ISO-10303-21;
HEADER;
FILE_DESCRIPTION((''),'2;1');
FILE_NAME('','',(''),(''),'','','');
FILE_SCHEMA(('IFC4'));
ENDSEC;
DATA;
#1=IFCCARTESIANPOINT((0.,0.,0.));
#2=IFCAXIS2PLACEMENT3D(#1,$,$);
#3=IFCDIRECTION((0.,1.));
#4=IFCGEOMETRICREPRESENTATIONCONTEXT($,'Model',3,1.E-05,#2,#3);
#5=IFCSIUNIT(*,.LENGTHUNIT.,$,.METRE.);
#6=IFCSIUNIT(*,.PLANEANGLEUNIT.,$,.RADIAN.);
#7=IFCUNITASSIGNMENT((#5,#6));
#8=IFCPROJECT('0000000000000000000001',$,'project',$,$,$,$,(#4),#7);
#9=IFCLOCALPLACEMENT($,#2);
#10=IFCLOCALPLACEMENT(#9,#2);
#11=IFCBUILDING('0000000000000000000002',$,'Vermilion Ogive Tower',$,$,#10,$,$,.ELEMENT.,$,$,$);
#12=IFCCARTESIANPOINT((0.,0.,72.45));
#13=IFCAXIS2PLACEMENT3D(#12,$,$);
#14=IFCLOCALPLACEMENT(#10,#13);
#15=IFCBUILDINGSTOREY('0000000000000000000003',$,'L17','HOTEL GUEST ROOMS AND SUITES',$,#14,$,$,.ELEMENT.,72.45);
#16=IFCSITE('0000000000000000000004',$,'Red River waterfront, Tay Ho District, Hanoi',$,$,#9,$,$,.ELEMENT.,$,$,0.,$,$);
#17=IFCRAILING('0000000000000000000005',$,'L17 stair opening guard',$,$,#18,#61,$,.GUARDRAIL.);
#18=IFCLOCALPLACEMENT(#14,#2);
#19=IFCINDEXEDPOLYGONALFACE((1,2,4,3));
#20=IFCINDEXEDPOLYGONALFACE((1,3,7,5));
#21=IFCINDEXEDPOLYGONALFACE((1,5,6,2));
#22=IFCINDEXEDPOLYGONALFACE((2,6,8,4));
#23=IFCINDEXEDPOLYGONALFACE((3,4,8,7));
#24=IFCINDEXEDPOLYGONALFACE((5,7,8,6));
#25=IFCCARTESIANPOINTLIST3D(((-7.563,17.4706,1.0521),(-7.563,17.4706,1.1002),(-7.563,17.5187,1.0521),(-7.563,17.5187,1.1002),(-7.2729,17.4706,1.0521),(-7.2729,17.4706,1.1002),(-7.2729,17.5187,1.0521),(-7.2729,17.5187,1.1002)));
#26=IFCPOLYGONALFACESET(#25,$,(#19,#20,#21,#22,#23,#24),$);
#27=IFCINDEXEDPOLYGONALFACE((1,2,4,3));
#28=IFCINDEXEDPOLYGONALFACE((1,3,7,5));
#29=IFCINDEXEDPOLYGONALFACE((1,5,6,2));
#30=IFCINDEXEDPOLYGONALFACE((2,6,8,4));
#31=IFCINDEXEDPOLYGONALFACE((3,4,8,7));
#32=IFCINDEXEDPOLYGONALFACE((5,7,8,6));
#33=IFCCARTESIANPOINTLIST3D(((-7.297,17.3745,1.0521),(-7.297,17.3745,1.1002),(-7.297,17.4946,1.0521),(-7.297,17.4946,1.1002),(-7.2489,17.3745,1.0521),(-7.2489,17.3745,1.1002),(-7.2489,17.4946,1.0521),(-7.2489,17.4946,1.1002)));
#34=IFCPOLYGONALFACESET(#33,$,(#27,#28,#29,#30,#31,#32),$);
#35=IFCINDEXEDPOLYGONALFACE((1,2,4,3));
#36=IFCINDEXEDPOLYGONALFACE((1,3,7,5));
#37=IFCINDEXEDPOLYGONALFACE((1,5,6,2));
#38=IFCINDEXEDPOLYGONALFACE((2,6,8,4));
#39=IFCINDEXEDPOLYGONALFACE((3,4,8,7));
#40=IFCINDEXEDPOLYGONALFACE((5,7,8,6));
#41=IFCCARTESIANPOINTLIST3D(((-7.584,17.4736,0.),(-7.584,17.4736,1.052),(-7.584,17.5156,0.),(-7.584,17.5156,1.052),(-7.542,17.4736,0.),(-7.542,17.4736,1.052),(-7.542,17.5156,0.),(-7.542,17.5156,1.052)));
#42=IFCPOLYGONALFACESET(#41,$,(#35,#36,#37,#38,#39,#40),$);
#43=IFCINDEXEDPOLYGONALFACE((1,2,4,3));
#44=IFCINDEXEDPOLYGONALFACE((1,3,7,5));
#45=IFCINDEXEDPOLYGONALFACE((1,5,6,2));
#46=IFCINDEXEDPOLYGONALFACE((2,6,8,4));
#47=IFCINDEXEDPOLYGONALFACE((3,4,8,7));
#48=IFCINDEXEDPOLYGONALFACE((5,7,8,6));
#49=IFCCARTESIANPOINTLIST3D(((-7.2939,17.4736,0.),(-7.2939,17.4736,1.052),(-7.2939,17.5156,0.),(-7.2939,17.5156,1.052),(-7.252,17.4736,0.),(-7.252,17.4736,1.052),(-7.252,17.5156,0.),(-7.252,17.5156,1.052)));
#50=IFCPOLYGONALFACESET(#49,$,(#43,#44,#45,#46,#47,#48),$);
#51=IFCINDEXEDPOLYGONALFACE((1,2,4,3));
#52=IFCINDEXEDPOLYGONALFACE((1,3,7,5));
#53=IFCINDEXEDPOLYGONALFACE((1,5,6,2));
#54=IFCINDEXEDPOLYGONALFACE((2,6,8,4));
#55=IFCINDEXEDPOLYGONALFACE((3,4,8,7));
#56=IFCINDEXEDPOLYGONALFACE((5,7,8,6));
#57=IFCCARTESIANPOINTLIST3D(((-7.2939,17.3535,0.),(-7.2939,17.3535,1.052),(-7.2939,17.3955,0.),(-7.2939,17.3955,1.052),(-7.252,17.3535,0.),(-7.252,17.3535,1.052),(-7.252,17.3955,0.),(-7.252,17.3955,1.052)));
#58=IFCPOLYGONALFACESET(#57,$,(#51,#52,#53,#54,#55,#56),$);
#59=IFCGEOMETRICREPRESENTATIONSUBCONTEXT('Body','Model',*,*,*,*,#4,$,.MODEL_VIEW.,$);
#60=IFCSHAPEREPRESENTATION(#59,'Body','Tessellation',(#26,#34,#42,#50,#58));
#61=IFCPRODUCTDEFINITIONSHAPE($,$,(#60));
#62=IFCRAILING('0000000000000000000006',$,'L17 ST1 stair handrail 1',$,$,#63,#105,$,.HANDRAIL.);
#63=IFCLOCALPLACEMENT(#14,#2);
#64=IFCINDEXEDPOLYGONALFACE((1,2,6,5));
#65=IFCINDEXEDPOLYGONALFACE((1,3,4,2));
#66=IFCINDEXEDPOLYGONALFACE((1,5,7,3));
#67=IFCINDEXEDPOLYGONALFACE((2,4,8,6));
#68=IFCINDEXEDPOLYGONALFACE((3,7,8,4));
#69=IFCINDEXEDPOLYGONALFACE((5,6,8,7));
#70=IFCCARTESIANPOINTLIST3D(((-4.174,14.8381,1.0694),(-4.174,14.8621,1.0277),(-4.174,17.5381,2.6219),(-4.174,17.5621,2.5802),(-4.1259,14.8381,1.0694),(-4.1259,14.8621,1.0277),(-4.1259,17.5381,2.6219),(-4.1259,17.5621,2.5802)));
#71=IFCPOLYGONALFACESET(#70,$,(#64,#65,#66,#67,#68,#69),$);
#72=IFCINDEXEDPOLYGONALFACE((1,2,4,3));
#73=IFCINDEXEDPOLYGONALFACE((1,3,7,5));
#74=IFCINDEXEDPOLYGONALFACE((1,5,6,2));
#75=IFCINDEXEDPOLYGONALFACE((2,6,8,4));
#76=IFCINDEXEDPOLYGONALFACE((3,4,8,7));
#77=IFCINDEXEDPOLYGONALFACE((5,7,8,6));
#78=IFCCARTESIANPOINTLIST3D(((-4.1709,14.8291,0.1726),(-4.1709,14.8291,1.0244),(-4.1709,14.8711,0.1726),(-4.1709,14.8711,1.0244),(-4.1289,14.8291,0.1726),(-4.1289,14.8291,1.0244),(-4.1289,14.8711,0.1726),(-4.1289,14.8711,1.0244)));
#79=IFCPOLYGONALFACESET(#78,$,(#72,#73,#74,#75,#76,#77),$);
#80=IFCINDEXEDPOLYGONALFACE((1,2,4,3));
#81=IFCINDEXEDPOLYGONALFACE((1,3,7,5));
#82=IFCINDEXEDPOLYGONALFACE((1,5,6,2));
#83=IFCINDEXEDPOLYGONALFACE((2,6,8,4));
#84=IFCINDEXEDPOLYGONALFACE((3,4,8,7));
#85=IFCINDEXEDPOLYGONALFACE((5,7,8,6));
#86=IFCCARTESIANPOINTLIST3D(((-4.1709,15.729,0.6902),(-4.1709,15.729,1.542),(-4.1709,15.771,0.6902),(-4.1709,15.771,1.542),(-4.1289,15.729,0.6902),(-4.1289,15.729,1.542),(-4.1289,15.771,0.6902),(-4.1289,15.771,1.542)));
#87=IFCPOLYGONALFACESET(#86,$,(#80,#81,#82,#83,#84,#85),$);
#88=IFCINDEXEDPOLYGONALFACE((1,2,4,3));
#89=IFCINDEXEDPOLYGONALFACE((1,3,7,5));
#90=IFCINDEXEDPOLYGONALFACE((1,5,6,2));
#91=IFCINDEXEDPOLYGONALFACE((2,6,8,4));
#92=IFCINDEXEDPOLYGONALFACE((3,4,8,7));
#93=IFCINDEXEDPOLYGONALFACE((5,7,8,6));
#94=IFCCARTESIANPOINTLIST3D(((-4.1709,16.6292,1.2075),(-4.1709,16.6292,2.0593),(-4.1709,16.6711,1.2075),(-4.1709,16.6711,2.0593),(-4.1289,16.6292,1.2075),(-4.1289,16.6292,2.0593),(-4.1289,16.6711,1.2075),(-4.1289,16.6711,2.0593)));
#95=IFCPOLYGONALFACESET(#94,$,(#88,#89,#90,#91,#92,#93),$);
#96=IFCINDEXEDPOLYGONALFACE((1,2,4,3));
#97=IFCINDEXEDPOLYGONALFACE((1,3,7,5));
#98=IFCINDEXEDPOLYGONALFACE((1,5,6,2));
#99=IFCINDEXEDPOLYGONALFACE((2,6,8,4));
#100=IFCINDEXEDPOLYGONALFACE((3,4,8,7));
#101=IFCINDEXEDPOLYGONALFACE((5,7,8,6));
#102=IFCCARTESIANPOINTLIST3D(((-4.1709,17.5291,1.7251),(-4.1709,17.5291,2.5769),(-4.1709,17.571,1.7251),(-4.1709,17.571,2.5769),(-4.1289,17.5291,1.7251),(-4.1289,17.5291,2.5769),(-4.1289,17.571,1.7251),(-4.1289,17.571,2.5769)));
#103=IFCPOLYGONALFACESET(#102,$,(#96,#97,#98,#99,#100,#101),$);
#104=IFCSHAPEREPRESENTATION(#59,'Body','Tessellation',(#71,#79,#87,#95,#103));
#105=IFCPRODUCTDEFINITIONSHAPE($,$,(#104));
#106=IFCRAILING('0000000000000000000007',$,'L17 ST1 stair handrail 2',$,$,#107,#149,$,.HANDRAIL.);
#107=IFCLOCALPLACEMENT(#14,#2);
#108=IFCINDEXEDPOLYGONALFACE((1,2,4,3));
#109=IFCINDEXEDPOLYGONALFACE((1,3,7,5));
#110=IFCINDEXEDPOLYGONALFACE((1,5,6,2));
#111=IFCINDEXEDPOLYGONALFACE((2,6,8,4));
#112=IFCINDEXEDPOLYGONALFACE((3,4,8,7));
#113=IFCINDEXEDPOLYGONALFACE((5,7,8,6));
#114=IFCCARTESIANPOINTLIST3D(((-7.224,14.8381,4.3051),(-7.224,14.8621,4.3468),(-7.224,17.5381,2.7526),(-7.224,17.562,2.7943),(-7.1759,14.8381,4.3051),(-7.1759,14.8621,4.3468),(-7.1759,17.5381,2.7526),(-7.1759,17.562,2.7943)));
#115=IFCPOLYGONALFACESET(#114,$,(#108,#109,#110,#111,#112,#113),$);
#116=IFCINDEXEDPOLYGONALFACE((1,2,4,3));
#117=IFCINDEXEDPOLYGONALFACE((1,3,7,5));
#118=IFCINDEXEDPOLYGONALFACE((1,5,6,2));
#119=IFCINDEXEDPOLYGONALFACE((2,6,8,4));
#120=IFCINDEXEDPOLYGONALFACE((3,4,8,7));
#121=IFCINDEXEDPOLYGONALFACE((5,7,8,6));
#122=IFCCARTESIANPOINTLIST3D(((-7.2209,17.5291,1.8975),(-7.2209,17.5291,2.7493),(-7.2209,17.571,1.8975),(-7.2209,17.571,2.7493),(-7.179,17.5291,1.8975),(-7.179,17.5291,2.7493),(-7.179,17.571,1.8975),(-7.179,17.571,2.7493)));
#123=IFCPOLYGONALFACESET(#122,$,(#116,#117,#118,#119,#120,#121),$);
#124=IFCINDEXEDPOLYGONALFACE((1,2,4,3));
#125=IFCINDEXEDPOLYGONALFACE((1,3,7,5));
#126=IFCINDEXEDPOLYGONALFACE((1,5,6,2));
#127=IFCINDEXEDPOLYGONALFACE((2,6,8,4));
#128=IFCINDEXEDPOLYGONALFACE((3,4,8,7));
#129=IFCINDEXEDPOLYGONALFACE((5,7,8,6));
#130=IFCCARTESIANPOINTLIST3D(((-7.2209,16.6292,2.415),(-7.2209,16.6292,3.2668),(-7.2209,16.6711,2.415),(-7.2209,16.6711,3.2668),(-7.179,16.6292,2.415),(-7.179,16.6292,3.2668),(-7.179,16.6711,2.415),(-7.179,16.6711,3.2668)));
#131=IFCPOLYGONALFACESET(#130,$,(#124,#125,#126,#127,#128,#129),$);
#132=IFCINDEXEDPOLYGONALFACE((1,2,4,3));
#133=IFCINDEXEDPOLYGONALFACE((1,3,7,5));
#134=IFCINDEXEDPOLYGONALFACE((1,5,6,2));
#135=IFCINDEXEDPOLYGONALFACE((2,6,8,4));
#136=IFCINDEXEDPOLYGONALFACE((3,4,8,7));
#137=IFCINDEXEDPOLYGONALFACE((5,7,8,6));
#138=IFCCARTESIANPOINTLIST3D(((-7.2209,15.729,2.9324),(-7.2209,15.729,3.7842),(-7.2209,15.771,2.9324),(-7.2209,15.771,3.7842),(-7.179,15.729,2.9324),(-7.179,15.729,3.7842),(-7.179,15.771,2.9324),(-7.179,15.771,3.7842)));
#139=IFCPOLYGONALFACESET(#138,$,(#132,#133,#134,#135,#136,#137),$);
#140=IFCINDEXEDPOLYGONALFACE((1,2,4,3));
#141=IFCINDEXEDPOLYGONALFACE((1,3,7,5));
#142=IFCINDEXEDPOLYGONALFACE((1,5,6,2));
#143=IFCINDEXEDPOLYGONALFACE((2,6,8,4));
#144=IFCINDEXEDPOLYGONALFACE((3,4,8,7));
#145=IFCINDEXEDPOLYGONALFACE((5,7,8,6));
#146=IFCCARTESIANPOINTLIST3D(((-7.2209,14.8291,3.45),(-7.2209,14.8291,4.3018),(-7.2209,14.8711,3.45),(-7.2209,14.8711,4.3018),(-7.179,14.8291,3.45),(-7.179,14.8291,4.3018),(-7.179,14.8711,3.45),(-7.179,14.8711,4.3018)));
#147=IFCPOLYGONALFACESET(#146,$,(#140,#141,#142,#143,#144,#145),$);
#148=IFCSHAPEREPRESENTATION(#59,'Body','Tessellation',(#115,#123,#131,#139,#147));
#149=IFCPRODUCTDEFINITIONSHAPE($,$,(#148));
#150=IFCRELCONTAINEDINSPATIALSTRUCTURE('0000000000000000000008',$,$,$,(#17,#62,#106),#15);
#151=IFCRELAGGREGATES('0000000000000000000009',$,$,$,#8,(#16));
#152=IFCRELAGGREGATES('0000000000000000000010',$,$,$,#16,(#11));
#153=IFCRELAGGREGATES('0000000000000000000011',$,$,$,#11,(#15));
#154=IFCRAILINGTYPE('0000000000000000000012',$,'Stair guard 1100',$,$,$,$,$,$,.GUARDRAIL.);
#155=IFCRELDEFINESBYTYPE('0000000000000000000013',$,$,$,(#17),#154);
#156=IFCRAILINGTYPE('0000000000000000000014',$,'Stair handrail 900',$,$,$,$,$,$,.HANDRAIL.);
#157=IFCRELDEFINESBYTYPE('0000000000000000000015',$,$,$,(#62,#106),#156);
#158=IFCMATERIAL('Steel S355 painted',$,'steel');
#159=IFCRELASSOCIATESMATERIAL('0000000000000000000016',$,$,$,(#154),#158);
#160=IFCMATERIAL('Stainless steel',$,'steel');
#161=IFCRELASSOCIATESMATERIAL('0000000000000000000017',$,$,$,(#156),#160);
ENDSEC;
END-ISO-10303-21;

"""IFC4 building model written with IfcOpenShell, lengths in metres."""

from ifc_helpers import new_model, si_unit, direction, frame, origin, origin_2d, place, context, subcontext, project, spatial, rectangle, extrude, material, type_object, element, save


model = new_model("IFC4")

# Units and contexts
model_context = context("Model", 3, precision=1e-05, world=origin(), true_north=direction((0.0, 1.0)))
body_context = subcontext(model_context, "Body", "Model", "MODEL_VIEW")
ifc_project = project(units=[si_unit("LENGTHUNIT", "METRE"), si_unit("PLANEANGLEUNIT", "RADIAN")], contexts=[model_context])

# Site, building, storey
site_placement = place(None, origin())
site = spatial("IfcSite", under=ifc_project, at=site_placement, Name="Red River waterfront, Tay Ho District, Hanoi", CompositionType="ELEMENT", RefElevation=0.0)
building_placement = place(site_placement, origin())
building = spatial("IfcBuilding", under=site, at=building_placement, Name="Vermilion Ogive Tower", CompositionType="ELEMENT")
storey_placement = place(building_placement, frame((0.0, 0.0, 72.45)))
storey = spatial("IfcBuildingStorey", under=building, at=storey_placement, Name="L17", Description="HOTEL GUEST ROOMS AND SUITES", CompositionType="ELEMENT", Elevation=72.45)

# Railings
ifc_material_1 = material(Name="Steel S355 painted", Category="steel")
railing_type_1 = type_object("IfcRailingType", Name="Stair guard 1100", PredefinedType="GUARDRAIL", material=ifc_material_1)
railing_1_placement = place(storey_placement, frame((-7.563, 17.4946, 0.0)))
element("IfcRailing", 1, at=railing_1_placement, inside=storey, type_object=railing_type_1, Name="L17 stair opening guard", PredefinedType="GUARDRAIL", context=body_context, shape_type="SweptSolid", body=[
    extrude(rectangle(XDim=0.0481, YDim=0.0481, at=origin_2d()), frame((0.0, 0.0, 1.0762), z_axis=(1.0, 0.0, 0.0), x_axis=(0.0, 1.0, 0.0)), (0.0, 0.0, 1.0), 0.29),
    extrude(rectangle(XDim=0.0481, YDim=0.0481, at=origin_2d()), frame((0.29, 0.0, 1.0762), z_axis=(0.0, -1.0, 0.0), x_axis=(1.0, 0.0, 0.0)), (0.0, 0.0, 1.0), 0.1201),
    extrude(rectangle(XDim=0.042, YDim=0.042, at=origin_2d()), origin(), (0.0, 0.0, 1.0), 1.052),
    extrude(rectangle(XDim=0.042, YDim=0.042, at=origin_2d()), frame((0.29, 0.0, 0.0)), (0.0, 0.0, 1.0), 1.052),
    extrude(rectangle(XDim=0.042, YDim=0.042, at=origin_2d()), frame((0.29, -0.1201, 0.0)), (0.0, 0.0, 1.0), 1.052),
])
ifc_material_2 = material(Name="Stainless steel", Category="steel")
railing_type_2 = type_object("IfcRailingType", Name="Stair handrail 900", PredefinedType="HANDRAIL", material=ifc_material_2)
railing_2_placement = place(storey_placement, frame((-4.1499, 14.8501, 0.1726)))
element("IfcRailing", 2, at=railing_2_placement, inside=storey, type_object=railing_type_2, Name="L17 ST1 stair handrail 1", PredefinedType="HANDRAIL", context=body_context, shape_type="SweptSolid", body=[
    extrude(rectangle(XDim=0.0481, YDim=0.0481, at=origin_2d()), frame((0.0, 0.0, 0.876), z_axis=(0.0, 0.866904, 0.498476), x_axis=(-1.0, 0.0, 0.0)), (0.0, 0.0, 1.0), 3.1145),
    extrude(rectangle(XDim=0.042, YDim=0.042, at=origin_2d()), origin(), (0.0, 0.0, 1.0), 0.8518),
    extrude(rectangle(XDim=0.042, YDim=0.042, at=origin_2d()), frame((0.0, 0.8999, 0.5176)), (0.0, 0.0, 1.0), 0.8518),
    extrude(rectangle(XDim=0.042, YDim=0.042, at=origin_2d()), frame((0.0, 1.8, 1.0349)), (0.0, 0.0, 1.0), 0.8518),
    extrude(rectangle(XDim=0.042, YDim=0.042, at=origin_2d()), frame((0.0, 2.7, 1.5525)), (0.0, 0.0, 1.0), 0.8518),
])
railing_3_placement = place(storey_placement, frame((-7.2, 17.55, 1.8975)))
element("IfcRailing", 3, at=railing_3_placement, inside=storey, type_object=railing_type_2, Name="L17 ST1 stair handrail 2", PredefinedType="HANDRAIL", context=body_context, shape_type="SweptSolid", body=[
    extrude(rectangle(XDim=0.0481, YDim=0.0481, at=origin_2d()), frame((0.0, 0.0, 0.876), z_axis=(0.0, -0.866904, 0.498476), x_axis=(1.0, 0.0, 0.0)), (0.0, 0.0, 1.0), 3.1145),
    extrude(rectangle(XDim=0.042, YDim=0.042, at=origin_2d()), origin(), (0.0, 0.0, 1.0), 0.8518),
    extrude(rectangle(XDim=0.042, YDim=0.042, at=origin_2d()), frame((0.0, -0.8999, 0.5176)), (0.0, 0.0, 1.0), 0.8518),
    extrude(rectangle(XDim=0.042, YDim=0.042, at=origin_2d()), frame((0.0, -1.8, 1.0349)), (0.0, 0.0, 1.0), 0.8518),
    extrude(rectangle(XDim=0.042, YDim=0.042, at=origin_2d()), frame((0.0, -2.7, 1.5525)), (0.0, 0.0, 1.0), 0.8518),
])

save(model, "model.ifc")
